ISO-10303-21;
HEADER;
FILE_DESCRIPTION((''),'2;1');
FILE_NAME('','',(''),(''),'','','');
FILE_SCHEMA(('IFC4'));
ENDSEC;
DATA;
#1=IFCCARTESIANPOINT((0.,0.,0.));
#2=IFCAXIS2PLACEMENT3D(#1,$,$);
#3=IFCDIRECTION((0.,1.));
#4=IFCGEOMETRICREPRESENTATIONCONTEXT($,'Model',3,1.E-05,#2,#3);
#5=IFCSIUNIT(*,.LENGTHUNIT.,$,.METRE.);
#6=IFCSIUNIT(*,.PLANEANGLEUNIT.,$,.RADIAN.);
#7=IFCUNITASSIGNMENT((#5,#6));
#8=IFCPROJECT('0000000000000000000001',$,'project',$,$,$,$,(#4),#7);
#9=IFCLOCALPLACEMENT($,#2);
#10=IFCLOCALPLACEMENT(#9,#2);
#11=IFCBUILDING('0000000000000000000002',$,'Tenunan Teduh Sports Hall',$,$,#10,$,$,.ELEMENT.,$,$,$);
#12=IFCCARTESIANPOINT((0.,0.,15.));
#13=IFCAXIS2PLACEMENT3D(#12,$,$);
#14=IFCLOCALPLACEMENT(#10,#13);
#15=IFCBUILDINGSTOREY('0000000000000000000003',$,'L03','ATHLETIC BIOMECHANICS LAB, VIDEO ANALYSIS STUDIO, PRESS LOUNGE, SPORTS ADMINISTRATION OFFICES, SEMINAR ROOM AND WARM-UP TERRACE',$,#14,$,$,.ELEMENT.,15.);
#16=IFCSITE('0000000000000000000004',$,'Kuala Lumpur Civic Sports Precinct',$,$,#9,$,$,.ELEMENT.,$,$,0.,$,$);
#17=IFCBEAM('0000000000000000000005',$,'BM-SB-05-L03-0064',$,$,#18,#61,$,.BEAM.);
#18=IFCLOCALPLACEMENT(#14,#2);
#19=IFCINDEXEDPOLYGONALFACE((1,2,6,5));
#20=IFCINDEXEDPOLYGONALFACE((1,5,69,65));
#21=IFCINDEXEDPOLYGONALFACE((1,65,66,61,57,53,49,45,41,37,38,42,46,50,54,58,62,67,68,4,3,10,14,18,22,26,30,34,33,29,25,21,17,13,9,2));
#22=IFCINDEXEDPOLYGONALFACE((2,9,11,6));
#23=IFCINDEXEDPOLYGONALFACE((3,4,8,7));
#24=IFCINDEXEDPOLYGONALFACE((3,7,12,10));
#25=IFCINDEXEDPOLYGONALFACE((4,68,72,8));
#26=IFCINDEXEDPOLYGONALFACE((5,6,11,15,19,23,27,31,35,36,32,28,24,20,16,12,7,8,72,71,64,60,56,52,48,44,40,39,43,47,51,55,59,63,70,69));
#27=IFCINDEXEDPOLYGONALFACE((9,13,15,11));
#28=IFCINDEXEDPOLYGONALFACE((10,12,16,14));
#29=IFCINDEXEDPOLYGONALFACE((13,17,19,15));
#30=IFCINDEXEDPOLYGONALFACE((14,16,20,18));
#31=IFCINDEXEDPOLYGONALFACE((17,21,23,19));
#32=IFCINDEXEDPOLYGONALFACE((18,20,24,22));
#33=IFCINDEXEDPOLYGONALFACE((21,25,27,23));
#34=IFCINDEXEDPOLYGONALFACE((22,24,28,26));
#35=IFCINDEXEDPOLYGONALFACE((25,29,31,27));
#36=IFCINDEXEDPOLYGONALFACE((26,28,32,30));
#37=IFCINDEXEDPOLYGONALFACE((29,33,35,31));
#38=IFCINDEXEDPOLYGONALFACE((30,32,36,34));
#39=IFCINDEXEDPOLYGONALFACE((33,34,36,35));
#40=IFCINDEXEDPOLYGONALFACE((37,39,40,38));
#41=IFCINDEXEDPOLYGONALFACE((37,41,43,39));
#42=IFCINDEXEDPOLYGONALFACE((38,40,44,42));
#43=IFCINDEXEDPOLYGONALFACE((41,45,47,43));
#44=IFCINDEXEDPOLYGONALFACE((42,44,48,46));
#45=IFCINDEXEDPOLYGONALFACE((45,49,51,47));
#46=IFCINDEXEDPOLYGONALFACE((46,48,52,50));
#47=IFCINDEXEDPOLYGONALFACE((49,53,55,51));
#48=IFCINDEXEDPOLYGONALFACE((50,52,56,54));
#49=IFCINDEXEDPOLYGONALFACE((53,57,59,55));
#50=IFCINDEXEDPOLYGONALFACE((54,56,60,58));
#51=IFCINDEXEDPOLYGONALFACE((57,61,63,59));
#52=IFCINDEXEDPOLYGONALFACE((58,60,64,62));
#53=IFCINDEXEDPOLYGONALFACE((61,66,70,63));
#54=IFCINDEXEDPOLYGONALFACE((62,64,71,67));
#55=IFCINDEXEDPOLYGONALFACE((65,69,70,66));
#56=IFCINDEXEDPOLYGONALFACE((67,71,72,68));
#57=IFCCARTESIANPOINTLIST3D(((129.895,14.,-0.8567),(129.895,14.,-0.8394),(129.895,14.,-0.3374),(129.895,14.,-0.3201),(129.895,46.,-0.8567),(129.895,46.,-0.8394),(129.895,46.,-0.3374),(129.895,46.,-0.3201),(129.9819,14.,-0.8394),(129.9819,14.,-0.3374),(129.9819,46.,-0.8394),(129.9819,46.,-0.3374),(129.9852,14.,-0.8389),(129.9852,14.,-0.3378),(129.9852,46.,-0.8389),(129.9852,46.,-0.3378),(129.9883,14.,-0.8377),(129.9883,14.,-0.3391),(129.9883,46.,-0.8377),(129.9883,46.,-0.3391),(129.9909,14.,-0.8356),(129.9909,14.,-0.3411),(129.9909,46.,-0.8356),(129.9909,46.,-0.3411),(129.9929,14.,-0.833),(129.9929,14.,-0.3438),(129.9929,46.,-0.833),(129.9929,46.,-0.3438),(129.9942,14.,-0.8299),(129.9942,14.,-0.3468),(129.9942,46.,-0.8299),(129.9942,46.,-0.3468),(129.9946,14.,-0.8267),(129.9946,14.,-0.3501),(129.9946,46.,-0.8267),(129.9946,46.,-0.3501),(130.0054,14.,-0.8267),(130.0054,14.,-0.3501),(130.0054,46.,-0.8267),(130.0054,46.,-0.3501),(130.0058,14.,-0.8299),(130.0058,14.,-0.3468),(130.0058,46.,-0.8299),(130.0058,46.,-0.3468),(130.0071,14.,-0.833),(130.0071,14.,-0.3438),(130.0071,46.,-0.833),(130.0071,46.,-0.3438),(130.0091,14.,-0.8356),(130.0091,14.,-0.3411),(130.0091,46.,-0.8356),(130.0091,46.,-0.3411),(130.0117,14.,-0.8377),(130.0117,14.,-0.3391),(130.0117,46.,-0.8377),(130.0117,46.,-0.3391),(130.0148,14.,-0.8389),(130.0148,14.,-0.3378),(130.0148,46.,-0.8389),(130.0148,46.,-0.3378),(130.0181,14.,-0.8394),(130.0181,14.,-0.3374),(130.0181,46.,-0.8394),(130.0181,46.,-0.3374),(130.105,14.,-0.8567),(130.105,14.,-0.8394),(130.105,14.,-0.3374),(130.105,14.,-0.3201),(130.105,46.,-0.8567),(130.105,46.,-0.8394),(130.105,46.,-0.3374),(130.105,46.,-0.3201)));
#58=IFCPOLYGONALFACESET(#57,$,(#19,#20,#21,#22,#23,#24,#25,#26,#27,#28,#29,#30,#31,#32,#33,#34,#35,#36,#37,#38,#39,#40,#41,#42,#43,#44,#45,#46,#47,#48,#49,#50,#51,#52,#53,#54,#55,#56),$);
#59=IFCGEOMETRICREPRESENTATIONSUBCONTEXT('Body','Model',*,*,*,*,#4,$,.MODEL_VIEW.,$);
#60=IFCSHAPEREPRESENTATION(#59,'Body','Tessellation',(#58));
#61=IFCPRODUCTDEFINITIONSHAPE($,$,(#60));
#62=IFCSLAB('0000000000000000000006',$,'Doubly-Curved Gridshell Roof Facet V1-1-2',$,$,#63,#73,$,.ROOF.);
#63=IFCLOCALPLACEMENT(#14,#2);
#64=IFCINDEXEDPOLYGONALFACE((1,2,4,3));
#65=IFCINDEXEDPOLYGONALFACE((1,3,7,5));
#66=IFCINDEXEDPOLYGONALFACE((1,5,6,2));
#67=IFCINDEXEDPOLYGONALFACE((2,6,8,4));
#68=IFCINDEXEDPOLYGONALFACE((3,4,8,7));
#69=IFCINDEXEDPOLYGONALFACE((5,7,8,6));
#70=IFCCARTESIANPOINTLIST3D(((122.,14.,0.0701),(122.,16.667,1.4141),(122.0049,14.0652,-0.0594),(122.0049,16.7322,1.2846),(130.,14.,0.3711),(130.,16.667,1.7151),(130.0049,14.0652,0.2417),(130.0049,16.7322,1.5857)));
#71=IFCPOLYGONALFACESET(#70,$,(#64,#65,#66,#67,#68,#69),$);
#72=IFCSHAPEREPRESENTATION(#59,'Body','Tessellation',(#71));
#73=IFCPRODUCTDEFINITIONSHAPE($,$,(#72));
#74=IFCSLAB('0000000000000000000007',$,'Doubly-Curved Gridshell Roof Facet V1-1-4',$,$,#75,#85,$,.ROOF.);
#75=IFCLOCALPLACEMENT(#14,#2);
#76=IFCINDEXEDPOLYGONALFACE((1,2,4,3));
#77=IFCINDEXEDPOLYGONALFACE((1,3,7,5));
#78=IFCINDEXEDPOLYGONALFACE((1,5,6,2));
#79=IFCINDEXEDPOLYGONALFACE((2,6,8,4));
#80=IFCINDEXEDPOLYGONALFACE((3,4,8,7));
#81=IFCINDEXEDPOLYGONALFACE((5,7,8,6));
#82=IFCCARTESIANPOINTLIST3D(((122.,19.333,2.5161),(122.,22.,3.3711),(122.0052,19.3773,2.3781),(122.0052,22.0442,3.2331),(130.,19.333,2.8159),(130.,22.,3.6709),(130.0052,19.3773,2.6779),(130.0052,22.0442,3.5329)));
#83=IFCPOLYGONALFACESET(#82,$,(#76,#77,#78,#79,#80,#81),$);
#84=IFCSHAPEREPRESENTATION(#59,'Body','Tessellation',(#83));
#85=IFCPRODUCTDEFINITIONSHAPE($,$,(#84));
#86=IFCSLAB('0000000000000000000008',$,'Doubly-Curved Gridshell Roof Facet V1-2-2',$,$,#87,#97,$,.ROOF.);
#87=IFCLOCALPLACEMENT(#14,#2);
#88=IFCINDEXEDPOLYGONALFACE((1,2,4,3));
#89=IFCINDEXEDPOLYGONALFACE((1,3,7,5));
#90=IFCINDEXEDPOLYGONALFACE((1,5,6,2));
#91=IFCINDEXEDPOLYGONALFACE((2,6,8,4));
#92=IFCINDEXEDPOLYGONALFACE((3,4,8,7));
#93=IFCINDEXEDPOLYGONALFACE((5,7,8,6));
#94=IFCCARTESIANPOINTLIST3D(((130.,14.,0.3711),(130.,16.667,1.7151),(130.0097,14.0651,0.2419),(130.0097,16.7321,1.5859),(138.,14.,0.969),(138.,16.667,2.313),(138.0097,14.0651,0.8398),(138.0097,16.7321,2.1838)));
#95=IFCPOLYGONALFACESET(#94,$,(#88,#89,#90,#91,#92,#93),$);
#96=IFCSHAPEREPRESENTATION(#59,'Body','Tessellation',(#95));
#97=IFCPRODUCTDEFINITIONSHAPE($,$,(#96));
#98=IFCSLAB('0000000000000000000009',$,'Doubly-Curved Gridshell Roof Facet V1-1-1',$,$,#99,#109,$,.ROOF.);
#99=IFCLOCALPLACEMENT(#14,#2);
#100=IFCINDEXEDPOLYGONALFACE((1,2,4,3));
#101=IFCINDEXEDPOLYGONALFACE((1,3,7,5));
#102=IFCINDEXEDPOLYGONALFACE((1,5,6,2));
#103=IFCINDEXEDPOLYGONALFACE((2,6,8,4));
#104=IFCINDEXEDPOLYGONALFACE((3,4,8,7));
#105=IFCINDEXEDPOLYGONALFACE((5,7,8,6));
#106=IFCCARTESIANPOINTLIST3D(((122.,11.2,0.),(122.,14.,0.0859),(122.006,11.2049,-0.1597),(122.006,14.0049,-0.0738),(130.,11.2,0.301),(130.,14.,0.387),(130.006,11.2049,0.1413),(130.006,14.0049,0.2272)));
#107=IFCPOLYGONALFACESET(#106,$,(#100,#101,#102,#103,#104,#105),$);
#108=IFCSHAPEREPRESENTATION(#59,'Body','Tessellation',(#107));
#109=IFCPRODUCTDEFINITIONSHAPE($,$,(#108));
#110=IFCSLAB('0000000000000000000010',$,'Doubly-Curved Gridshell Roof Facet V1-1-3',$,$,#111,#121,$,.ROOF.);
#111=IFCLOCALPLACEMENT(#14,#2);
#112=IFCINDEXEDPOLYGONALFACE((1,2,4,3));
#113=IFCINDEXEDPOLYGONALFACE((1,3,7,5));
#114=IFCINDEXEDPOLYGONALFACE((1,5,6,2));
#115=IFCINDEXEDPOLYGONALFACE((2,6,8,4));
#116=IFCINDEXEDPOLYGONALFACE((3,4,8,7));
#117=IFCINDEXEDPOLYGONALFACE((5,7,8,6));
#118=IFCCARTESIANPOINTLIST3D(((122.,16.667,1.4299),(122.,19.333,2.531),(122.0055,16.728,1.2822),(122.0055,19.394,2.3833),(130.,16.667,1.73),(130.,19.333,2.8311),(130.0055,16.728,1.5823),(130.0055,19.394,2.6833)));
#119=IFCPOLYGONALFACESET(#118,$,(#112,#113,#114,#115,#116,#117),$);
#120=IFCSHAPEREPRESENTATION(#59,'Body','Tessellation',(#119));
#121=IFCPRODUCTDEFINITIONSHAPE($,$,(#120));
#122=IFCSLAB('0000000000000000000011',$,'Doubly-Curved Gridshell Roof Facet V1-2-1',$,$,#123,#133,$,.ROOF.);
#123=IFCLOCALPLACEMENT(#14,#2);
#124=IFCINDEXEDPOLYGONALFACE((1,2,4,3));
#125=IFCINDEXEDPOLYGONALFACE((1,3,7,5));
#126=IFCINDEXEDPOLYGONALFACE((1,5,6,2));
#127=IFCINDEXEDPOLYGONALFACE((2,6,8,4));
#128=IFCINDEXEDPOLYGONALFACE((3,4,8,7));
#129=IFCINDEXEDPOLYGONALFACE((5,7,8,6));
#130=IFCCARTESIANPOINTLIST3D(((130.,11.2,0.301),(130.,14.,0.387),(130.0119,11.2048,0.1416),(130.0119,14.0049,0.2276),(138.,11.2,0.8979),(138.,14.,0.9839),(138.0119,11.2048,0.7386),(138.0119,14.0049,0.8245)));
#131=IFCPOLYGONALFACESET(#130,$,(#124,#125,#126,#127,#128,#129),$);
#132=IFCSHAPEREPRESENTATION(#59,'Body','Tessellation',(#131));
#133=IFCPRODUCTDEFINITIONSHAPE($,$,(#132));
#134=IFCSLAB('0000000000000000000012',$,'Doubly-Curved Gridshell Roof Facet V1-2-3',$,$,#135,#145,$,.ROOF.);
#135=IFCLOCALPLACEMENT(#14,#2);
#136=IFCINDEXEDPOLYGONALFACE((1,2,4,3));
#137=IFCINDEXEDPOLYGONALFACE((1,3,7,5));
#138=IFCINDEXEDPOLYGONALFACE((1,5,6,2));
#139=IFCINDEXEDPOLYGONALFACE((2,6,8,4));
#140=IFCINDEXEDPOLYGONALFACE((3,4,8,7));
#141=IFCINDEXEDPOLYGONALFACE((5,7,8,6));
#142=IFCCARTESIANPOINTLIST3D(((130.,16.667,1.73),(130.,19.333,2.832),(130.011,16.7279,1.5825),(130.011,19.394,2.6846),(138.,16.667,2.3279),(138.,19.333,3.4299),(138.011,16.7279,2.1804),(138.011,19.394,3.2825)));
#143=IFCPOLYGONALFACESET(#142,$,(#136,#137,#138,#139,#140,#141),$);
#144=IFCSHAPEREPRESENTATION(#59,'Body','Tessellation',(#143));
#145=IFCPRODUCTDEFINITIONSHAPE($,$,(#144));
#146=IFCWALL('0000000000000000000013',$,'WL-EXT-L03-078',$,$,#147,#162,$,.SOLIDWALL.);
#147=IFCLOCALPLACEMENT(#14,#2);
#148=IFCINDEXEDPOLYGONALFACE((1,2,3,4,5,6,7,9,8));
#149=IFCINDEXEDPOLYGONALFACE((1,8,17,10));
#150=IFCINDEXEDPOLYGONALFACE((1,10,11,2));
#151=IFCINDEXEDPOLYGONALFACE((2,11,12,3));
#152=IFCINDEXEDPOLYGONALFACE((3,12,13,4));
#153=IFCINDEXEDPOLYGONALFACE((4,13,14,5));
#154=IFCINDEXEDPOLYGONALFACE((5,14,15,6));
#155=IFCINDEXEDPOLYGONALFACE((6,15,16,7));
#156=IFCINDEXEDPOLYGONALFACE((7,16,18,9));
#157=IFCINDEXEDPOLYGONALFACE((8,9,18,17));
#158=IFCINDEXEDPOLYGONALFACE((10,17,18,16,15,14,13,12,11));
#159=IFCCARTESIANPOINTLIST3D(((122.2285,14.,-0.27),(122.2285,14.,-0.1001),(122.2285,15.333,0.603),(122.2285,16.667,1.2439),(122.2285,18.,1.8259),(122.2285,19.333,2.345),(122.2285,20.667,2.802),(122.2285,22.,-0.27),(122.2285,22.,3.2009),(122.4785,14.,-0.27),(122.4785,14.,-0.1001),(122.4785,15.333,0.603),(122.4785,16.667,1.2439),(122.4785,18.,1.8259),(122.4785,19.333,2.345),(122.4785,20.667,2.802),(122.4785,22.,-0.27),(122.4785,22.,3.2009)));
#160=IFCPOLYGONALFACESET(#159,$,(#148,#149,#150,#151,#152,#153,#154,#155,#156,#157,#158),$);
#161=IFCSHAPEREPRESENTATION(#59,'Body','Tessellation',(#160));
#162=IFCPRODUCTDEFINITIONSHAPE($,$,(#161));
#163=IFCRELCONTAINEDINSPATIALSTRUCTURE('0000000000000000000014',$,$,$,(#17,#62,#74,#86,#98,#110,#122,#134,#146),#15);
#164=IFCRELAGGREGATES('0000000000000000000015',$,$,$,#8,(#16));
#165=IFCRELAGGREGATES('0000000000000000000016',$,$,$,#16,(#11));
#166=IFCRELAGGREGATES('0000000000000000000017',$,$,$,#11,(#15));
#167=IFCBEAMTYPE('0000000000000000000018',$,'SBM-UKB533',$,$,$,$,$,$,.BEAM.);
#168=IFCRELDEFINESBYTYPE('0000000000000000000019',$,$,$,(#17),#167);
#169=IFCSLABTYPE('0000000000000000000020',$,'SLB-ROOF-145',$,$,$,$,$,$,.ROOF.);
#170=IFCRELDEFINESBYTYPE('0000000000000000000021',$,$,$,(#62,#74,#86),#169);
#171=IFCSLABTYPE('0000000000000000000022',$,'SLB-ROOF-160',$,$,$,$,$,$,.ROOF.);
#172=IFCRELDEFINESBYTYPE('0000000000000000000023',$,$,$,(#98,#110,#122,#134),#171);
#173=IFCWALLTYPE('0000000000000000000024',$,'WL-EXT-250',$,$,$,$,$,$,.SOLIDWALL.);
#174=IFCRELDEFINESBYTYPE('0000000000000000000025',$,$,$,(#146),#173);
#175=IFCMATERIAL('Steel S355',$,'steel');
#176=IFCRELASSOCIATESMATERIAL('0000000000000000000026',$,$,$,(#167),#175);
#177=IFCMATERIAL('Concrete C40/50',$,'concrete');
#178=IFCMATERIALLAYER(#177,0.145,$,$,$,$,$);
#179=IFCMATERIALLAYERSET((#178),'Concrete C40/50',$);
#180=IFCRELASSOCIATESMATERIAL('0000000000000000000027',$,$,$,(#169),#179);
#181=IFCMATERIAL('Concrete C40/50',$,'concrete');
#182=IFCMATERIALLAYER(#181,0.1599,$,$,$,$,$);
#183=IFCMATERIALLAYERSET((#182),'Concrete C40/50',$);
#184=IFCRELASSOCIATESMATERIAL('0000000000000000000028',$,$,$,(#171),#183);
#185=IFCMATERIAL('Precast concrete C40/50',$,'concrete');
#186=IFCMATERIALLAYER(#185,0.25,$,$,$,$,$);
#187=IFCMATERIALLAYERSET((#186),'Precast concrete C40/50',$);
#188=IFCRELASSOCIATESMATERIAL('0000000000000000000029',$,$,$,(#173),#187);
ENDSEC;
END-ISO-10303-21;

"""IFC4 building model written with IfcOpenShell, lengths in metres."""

from ifc_helpers import new_model, si_unit, direction, frame, origin, origin_2d, place, context, subcontext, project, spatial, polyline, i_section, outline, extrude, material, layer, layer_set, material_profile, profile_set, type_object, element, save


model = new_model("IFC4")

# Units and contexts
model_context = context("Model", 3, precision=1e-05, world=origin(), true_north=direction((0.0, 1.0)))
body_context = subcontext(model_context, "Body", "Model", "MODEL_VIEW")
ifc_project = project(units=[si_unit("LENGTHUNIT", "METRE"), si_unit("PLANEANGLEUNIT", "RADIAN")], contexts=[model_context])

# Site, building, storey
site_placement = place(None, origin())
site = spatial("IfcSite", under=ifc_project, at=site_placement, Name="Kuala Lumpur Civic Sports Precinct", CompositionType="ELEMENT", RefElevation=0.0)
building_placement = place(site_placement, origin())
building = spatial("IfcBuilding", under=site, at=building_placement, Name="Tenunan Teduh Sports Hall", CompositionType="ELEMENT")
storey_placement = place(building_placement, frame((0.0, 0.0, 15.0)))
storey = spatial("IfcBuildingStorey", under=building, at=storey_placement, Name="L03", Description="ATHLETIC BIOMECHANICS LAB, VIDEO ANALYSIS STUDIO, PRESS LOUNGE, SPORTS ADMINISTRATION OFFICES, SEMINAR ROOM AND WARM-UP TERRACE", CompositionType="ELEMENT", Elevation=15.0)

# Beam
ifc_material_1 = material(Name="Steel S355", Category="steel")
ifc_material_profile_1 = material_profile(ifc_material_1, i_section(OverallWidth=0.21, OverallDepth=0.5366, WebThickness=0.0107, FlangeThickness=0.0173, FilletRadius=0.0127, at=origin_2d()), Name="UKB 533x210x101")
ifc_profile_set_1 = profile_set([ifc_material_profile_1], Name="Steel S355")
beam_type_1 = type_object("IfcBeamType", Name="SBM-UKB533", PredefinedType="BEAM", material=ifc_profile_set_1)
beam_1_placement = place(storey_placement, frame((130.0, 14.0, -0.5884), z_axis=(0.0, 1.0, 0.0), x_axis=(-1.0, 0.0, 0.0)))
element("IfcBeam", 1, at=beam_1_placement, inside=storey, type_object=beam_type_1, Name="BM-SB-05-L03-0064", PredefinedType="BEAM", context=body_context, shape_type="SweptSolid", body=[
    extrude(i_section(OverallWidth=0.21, OverallDepth=0.5366, WebThickness=0.0107, FlangeThickness=0.0173, FilletRadius=0.0127, at=origin_2d()), origin(), (0.0, 0.0, 1.0), 32.0),
])

# Slabs
ifc_material_2 = material(Name="Concrete C40/50", Category="concrete")
ifc_layer_1 = layer(ifc_material_2, 0.145)
ifc_layer_set_1 = layer_set([ifc_layer_1], Name="Concrete C40/50")
slab_type_1 = type_object("IfcSlabType", Name="SLB-ROOF-145", PredefinedType="ROOF", material=ifc_layer_set_1)
slab_1_placement = place(storey_placement, frame((122.0, 14.0, 0.0701), z_axis=(-0.033584, -0.44977, 0.892513), x_axis=(0.999293, 0.0, 0.037602)))
element("IfcSlab", 2, at=slab_1_placement, inside=storey, type_object=slab_type_1, Name="Doubly-Curved Gridshell Roof Facet V1-1-2", PredefinedType="ROOF", context=body_context, shape_type="SweptSolid", body=[
    extrude(outline(polyline([(0.0, 0.0), (8.0057, 0.0), (8.0562, 2.9861), (0.0505, 2.9861), (0.0, 0.0)])), origin(), (0.0, 0.0, -1.0), 0.145),
])
slab_2_placement = place(storey_placement, frame((122.0, 19.333, 2.5161), z_axis=(-0.035664, -0.305081, 0.951658), x_axis=(0.999299, 0.0, 0.037449)))
element("IfcSlab", 3, at=slab_2_placement, inside=storey, type_object=slab_type_1, Name="Doubly-Curved Gridshell Roof Facet V1-1-4", PredefinedType="ROOF", context=body_context, shape_type="SweptSolid", body=[
    extrude(outline(polyline([(0.0, 0.0), (8.0056, 0.0), (8.0376, 2.8005), (0.032, 2.8005), (0.0, 0.0)])), origin(), (0.0, 0.0, -1.0), 0.145),
])
slab_3_placement = place(storey_placement, frame((130.0, 14.0, 0.3711), z_axis=(-0.066594, -0.449025, 0.891034), x_axis=(0.997219, 0.0, 0.07453)))
element("IfcSlab", 4, at=slab_3_placement, inside=storey, type_object=slab_type_1, Name="Doubly-Curved Gridshell Roof Facet V1-2-2", PredefinedType="ROOF", context=body_context, shape_type="SweptSolid", body=[
    extrude(outline(polyline([(0.0, 0.0), (8.0223, 0.0), (8.1225, 2.9848), (0.1002, 2.9848), (0.0, 0.0)])), origin(), (0.0, 0.0, -1.0), 0.145),
])
ifc_material_3 = material(Name="Concrete C40/50", Category="concrete")
ifc_layer_2 = layer(ifc_material_3, 0.1599)
ifc_layer_set_2 = layer_set([ifc_layer_2], Name="Concrete C40/50")
slab_type_2 = type_object("IfcSlabType", Name="SLB-ROOF-160", PredefinedType="ROOF", material=ifc_layer_set_2)
slab_4_placement = place(storey_placement, frame((122.0, 11.2, 0.0), z_axis=(-0.037584, -0.030655, 0.998823), x_axis=(0.999293, 0.0, 0.037602)))
element("IfcSlab", 5, at=slab_4_placement, inside=storey, type_object=slab_type_2, Name="Doubly-Curved Gridshell Roof Facet V1-1-1", PredefinedType="ROOF", context=body_context, shape_type="SweptSolid", body=[
    extrude(outline(polyline([(0.0, 0.0), (8.0057, 0.0), (8.0089, 2.8014), (0.0032, 2.8014), (0.0, 0.0)])), origin(), (0.0, 0.0, -1.0), 0.1599),
])
slab_5_placement = place(storey_placement, frame((122.0, 16.667, 1.4299), z_axis=(-0.034645, -0.3815, 0.92372), x_axis=(0.999297, 0.0, 0.03748)))
element("IfcSlab", 6, at=slab_5_placement, inside=storey, type_object=slab_type_2, Name="Doubly-Curved Gridshell Roof Facet V1-1-3", PredefinedType="ROOF", context=body_context, shape_type="SweptSolid", body=[
    extrude(outline(polyline([(0.0, 0.0), (8.0056, 0.0), (8.0469, 2.8841), (0.0413, 2.8841), (0.0, 0.0)])), origin(), (0.0, 0.0, -1.0), 0.1599),
])
slab_6_placement = place(storey_placement, frame((130.0, 11.2, 0.301), z_axis=(-0.074374, -0.030592, 0.996761), x_axis=(0.997228, 0.0, 0.074409)))
element("IfcSlab", 7, at=slab_6_placement, inside=storey, type_object=slab_type_2, Name="Doubly-Curved Gridshell Roof Facet V1-2-1", PredefinedType="ROOF", context=body_context, shape_type="SweptSolid", body=[
    extrude(outline(polyline([(0.0, 0.0), (8.0222, 0.0), (8.0286, 2.8014), (0.0064, 2.8014), (0.0, 0.0)])), origin(), (0.0, 0.0, -1.0), 0.1599),
])
slab_7_placement = place(storey_placement, frame((130.0, 16.667, 1.73), z_axis=(-0.068905, -0.38111, 0.921958), x_axis=(0.997219, 0.0, 0.07453)))
element("IfcSlab", 8, at=slab_7_placement, inside=storey, type_object=slab_type_2, Name="Doubly-Curved Gridshell Roof Facet V1-2-3", PredefinedType="ROOF", context=body_context, shape_type="SweptSolid", body=[
    extrude(outline(polyline([(0.0, 0.0), (8.0223, 0.0), (8.1044, 2.8836), (0.0821, 2.8836), (0.0, 0.0)])), origin(), (0.0, 0.0, -1.0), 0.1599),
])

# Wall
ifc_material_4 = material(Name="Precast concrete C40/50", Category="concrete")
ifc_layer_3 = layer(ifc_material_4, 0.25)
ifc_layer_set_3 = layer_set([ifc_layer_3], Name="Precast concrete C40/50")
wall_type = type_object("IfcWallType", Name="WL-EXT-250", PredefinedType="SOLIDWALL", material=ifc_layer_set_3)
wall_placement = place(storey_placement, frame((122.3535, 14.0, -0.27), z_axis=(0.0, 0.0, 1.0), x_axis=(0.0, 1.0, 0.0)))
element("IfcWall", 9, at=wall_placement, inside=storey, type_object=wall_type, Name="WL-EXT-L03-078", PredefinedType="SOLIDWALL", context=body_context, shape_type="SweptSolid", body=[
    extrude(outline(polyline([(0.0, 0.0), (8.0, 0.0), (8.0, 3.4709), (6.667, 3.072), (5.333, 2.615), (4.0, 2.0959), (2.667, 1.5139), (1.333, 0.873), (0.0, 0.1699), (0.0, 0.0)])), frame((0.0, 0.125, 0.0), z_axis=(0.0, -1.0, 0.0), x_axis=(1.0, 0.0, 0.0)), (0.0, 0.0, 1.0), 0.25),
])

save(model, "model.ifc")
